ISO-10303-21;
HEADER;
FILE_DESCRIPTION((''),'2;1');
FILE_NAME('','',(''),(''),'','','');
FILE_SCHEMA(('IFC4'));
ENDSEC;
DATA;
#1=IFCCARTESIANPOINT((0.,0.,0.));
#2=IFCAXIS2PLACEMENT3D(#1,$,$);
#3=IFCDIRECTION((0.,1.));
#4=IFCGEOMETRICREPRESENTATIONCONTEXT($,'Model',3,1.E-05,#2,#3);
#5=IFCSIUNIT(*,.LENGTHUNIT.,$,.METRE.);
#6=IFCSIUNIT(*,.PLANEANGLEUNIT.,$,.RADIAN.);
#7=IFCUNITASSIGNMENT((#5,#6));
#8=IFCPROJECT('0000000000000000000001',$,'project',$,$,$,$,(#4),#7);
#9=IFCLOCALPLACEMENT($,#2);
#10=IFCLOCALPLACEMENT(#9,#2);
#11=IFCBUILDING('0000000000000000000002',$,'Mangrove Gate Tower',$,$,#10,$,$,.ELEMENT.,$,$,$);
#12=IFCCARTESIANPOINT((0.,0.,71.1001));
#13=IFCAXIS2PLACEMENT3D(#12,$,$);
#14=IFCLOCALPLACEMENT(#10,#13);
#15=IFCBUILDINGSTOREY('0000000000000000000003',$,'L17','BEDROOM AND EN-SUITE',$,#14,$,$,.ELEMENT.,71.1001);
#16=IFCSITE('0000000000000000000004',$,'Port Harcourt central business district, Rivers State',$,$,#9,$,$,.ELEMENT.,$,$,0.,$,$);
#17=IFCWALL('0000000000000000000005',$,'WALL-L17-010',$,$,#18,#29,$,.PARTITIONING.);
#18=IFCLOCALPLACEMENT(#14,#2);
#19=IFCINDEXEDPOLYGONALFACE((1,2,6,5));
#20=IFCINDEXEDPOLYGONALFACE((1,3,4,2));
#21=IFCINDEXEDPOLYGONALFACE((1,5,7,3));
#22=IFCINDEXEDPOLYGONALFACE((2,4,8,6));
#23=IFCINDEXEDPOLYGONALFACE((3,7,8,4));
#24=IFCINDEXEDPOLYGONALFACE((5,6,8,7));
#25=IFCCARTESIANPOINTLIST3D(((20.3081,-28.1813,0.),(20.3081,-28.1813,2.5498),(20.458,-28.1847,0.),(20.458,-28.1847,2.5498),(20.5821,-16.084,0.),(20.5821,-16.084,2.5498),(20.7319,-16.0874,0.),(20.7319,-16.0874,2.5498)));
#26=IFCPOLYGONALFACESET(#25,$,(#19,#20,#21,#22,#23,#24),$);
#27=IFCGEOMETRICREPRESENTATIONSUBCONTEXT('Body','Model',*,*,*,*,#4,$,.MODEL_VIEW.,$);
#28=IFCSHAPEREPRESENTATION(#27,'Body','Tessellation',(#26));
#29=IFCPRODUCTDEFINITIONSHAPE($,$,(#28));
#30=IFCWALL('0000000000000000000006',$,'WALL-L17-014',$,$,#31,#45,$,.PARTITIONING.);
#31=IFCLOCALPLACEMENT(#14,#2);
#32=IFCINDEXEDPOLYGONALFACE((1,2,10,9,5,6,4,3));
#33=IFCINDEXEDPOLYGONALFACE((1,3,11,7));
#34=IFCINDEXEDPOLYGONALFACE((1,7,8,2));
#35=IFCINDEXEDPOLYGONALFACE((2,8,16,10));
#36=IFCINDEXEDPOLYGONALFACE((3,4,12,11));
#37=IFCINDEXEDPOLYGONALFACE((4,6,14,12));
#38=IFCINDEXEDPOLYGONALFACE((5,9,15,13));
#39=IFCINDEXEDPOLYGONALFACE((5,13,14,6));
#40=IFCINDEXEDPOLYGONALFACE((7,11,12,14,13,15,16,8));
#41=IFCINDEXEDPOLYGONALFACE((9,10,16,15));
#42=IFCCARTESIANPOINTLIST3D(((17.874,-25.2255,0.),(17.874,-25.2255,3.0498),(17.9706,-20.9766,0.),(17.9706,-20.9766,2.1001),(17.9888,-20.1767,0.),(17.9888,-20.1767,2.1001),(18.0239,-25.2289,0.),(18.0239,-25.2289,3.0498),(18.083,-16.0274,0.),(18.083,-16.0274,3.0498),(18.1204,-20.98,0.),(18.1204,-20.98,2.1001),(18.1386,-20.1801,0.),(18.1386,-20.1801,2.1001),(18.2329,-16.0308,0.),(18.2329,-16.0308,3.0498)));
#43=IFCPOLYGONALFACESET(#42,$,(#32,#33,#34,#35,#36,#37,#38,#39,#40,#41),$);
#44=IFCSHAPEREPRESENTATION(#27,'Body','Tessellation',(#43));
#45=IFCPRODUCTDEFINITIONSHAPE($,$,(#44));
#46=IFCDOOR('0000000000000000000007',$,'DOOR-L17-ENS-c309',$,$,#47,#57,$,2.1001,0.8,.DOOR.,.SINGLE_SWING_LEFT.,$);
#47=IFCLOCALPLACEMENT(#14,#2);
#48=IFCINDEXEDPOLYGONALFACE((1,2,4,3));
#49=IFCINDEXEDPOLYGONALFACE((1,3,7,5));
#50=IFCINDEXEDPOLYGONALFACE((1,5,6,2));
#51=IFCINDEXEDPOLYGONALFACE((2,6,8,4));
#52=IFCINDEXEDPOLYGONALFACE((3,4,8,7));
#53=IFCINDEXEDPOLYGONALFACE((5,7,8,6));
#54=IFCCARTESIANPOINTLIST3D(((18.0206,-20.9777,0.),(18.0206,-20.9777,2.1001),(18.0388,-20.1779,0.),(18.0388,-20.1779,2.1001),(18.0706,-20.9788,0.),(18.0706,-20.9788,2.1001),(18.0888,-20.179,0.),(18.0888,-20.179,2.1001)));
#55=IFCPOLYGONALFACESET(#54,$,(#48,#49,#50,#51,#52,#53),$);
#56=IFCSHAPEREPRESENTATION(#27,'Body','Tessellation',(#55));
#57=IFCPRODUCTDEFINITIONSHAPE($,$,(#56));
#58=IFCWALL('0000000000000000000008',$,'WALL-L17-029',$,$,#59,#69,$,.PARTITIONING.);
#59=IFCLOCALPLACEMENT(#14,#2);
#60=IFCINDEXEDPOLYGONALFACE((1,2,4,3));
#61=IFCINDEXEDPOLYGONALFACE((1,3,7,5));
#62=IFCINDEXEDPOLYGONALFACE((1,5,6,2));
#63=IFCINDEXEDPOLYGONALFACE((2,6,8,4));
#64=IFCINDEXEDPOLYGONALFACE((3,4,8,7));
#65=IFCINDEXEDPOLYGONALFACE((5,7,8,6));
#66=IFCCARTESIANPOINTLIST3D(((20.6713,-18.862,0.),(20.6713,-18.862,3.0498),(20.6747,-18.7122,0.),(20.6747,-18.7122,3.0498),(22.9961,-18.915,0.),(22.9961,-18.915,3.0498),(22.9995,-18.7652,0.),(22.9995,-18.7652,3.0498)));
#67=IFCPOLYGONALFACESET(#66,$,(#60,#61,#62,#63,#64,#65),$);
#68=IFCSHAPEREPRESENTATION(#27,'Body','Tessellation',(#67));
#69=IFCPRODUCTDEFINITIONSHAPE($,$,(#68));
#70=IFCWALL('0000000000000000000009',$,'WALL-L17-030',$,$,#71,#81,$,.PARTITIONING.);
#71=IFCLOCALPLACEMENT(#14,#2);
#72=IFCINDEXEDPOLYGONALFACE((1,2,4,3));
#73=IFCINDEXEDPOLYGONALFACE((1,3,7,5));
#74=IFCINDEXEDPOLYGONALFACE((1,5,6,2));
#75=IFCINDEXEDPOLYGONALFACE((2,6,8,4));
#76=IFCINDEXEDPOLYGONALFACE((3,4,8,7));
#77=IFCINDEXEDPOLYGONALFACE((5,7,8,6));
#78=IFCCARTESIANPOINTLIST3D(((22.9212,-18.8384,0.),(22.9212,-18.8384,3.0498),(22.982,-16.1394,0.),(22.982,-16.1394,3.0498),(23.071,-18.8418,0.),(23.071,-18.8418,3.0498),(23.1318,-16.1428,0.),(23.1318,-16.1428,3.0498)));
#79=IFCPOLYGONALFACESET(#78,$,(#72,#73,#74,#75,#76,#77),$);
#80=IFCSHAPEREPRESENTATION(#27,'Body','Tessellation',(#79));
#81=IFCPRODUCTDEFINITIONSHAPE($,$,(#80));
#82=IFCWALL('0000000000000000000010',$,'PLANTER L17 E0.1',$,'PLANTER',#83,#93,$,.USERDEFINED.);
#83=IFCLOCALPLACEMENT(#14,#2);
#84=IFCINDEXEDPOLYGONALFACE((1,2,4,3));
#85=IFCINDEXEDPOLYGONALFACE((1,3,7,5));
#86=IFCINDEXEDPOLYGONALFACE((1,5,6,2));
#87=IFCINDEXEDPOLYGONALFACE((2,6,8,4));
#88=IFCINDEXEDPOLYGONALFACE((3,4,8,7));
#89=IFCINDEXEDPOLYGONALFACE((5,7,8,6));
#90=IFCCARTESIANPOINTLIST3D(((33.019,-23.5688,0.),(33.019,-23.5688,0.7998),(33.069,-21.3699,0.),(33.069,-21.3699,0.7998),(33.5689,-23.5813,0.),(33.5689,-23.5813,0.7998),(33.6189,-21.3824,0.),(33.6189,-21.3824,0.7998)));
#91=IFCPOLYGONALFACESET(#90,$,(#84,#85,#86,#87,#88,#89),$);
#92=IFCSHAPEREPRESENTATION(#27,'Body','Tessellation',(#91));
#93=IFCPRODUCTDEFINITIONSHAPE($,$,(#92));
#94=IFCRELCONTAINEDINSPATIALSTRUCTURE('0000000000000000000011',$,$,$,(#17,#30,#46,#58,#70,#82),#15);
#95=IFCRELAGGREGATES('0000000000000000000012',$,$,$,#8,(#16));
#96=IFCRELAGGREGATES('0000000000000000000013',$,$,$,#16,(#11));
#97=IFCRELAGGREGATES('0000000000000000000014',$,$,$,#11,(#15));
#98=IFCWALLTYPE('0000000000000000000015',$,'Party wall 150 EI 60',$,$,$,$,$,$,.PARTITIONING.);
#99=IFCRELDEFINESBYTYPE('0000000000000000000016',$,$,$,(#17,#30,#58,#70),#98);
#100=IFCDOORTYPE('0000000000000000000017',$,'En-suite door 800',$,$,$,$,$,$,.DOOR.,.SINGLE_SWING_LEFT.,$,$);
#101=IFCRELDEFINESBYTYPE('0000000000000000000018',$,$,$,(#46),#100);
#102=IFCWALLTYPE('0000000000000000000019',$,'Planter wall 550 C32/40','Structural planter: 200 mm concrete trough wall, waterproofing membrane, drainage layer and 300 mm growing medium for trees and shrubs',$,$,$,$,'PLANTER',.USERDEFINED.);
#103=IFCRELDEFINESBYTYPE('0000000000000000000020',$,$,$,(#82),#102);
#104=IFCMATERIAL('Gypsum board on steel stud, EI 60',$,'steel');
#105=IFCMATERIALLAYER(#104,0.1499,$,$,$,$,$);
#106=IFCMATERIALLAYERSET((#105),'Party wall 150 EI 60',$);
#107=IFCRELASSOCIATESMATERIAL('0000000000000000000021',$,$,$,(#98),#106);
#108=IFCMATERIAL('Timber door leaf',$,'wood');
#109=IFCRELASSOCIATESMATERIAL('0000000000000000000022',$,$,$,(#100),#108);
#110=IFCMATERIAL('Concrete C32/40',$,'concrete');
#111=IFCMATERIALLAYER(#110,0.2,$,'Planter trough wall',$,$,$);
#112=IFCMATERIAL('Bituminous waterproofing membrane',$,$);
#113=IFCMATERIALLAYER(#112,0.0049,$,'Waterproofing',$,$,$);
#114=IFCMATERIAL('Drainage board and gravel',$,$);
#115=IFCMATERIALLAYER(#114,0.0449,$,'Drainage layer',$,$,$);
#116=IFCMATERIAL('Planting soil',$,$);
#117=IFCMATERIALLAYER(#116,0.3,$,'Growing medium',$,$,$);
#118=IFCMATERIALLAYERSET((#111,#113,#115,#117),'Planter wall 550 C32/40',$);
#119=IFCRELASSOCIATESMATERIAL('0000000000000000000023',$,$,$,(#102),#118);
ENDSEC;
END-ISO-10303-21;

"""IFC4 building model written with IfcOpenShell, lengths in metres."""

from ifc_helpers import new_model, si_unit, direction, frame, frame_2d, origin, place, context, subcontext, project, spatial, rectangle, extrude, material, layer, layer_set, type_object, element, fill, save


model = new_model("IFC4")

# Units and contexts
model_context = context("Model", 3, precision=1e-05, world=origin(), true_north=direction((0.0, 1.0)))
body_context = subcontext(model_context, "Body", "Model", "MODEL_VIEW")
ifc_project = project(units=[si_unit("LENGTHUNIT", "METRE"), si_unit("PLANEANGLEUNIT", "RADIAN")], contexts=[model_context])

# Site, building, storey
site_placement = place(None, origin())
site = spatial("IfcSite", under=ifc_project, at=site_placement, Name="Port Harcourt central business district, Rivers State", CompositionType="ELEMENT", RefElevation=0.0)
building_placement = place(site_placement, origin())
building = spatial("IfcBuilding", under=site, at=building_placement, Name="Mangrove Gate Tower", CompositionType="ELEMENT")
storey_placement = place(building_placement, frame((0.0, 0.0, 71.1001)))
storey = spatial("IfcBuildingStorey", under=building, at=storey_placement, Name="L17", Description="BEDROOM AND EN-SUITE", CompositionType="ELEMENT", Elevation=71.1001)

# Wall
ifc_material_1 = material(Name="Gypsum board on steel stud, EI 60", Category="steel")
ifc_layer_1 = layer(ifc_material_1, 0.1499)
ifc_layer_set_1 = layer_set([ifc_layer_1], Name="Party wall 150 EI 60")
wall_type_1 = type_object("IfcWallType", Name="Party wall 150 EI 60", PredefinedType="PARTITIONING", material=ifc_layer_set_1)
wall_1_placement = place(storey_placement, frame((20.3831, -28.1831, 0.0), z_axis=(0.0, 0.0, 1.0), x_axis=(0.022638, 0.999744, 0.0)))
element("IfcWall", 1, at=wall_1_placement, inside=storey, type_object=wall_type_1, Name="WALL-L17-010", PredefinedType="PARTITIONING", context=body_context, shape_type="SweptSolid", body=[
    extrude(rectangle(XDim=12.1003, YDim=0.1499, at=frame_2d((6.0503, 0.0))), origin(), (0.0, 0.0, 1.0), 2.5498),
])

# Wall, opening, door
wall_2_placement = place(storey_placement, frame((17.949, -25.2271, 0.0), z_axis=(0.0, 0.0, 1.0), x_axis=(0.022715, 0.999742, 0.0)))
wall_2 = element("IfcWall", 2, at=wall_2_placement, inside=storey, type_object=wall_type_1, Name="WALL-L17-014", PredefinedType="PARTITIONING", context=body_context, shape_type="SweptSolid", body=[
    extrude(rectangle(XDim=9.2004, YDim=0.1499, at=frame_2d((4.6001, 0.0))), origin(), (0.0, 0.0, 1.0), 3.0498),
])
opening_1_placement = place(wall_2_placement, frame((4.25, 0.0, 0.0)))
opening_1 = element("IfcOpeningElement", 3, at=opening_1_placement, cuts=wall_2, PredefinedType="OPENING", context=body_context, shape_type="SweptSolid", body=[
    extrude(rectangle(XDim=0.8, YDim=2.1001, at=frame_2d((0.3999, 1.05))), frame((0.0, 0.085, 0.0), z_axis=(0.0, -1.0, 0.0), x_axis=(1.0, 0.0, 0.0)), (0.0, 0.0, 1.0), 0.1699),
])
ifc_material_2 = material(Name="Timber door leaf", Category="wood")
door_type_1 = type_object("IfcDoorType", Name="En-suite door 800", OperationType="SINGLE_SWING_LEFT", PredefinedType="DOOR", material=ifc_material_2)
door_1_placement = place(opening_1_placement, origin())
door_1 = element("IfcDoor", 4, at=door_1_placement, inside=storey, type_object=door_type_1, Name="DOOR-L17-ENS-c309", OperationType="SINGLE_SWING_LEFT", OverallHeight=2.1001, OverallWidth=0.8, PredefinedType="DOOR", context=body_context, shape_type="SweptSolid", body=[
    extrude(rectangle(XDim=0.8, YDim=2.1001, at=frame_2d((0.3999, 1.05))), frame((0.0, 0.0249, 0.0), z_axis=(0.0, -1.0, 0.0), x_axis=(1.0, 0.0, 0.0)), (0.0, 0.0, 1.0), 0.05),
])
fill(opening_1, door_1)

# Walls
wall_3_placement = place(storey_placement, frame((20.6731, -18.7871, 0.0), z_axis=(0.0, 0.0, 1.0), x_axis=(0.99974, -0.022781, 0.0)))
element("IfcWall", 5, at=wall_3_placement, inside=storey, type_object=wall_type_1, Name="WALL-L17-029", PredefinedType="PARTITIONING", context=body_context, shape_type="SweptSolid", body=[
    extrude(rectangle(XDim=2.3254, YDim=0.1499, at=frame_2d((1.1626, 0.0))), origin(), (0.0, 0.0, 1.0), 3.0498),
])
wall_4_placement = place(storey_placement, frame((22.9961, -18.8401, 0.0), z_axis=(0.0, 0.0, 1.0), x_axis=(0.022518, 0.999746, 0.0)))
element("IfcWall", 6, at=wall_4_placement, inside=storey, type_object=wall_type_1, Name="WALL-L17-030", PredefinedType="PARTITIONING", context=body_context, shape_type="SweptSolid", body=[
    extrude(rectangle(XDim=2.6997, YDim=0.1499, at=frame_2d((1.3499, 0.0))), origin(), (0.0, 0.0, 1.0), 3.0498),
])
ifc_material_3 = material(Name="Concrete C32/40", Category="concrete")
ifc_layer_2 = layer(ifc_material_3, 0.2, Name="Planter trough wall")
ifc_material_4 = material(Name="Bituminous waterproofing membrane")
ifc_layer_3 = layer(ifc_material_4, 0.0049, Name="Waterproofing")
ifc_material_5 = material(Name="Drainage board and gravel")
ifc_layer_4 = layer(ifc_material_5, 0.0449, Name="Drainage layer")
ifc_material_6 = material(Name="Planting soil")
ifc_layer_5 = layer(ifc_material_6, 0.3, Name="Growing medium")
ifc_layer_set_2 = layer_set([ifc_layer_2, ifc_layer_3, ifc_layer_4, ifc_layer_5], Name="Planter wall 550 C32/40")
wall_type_2 = type_object("IfcWallType", Name="Planter wall 550 C32/40", Description="Structural planter: 200 mm concrete trough wall, waterproofing membrane, drainage layer and 300 mm growing medium for trees and shrubs", ElementType="PLANTER", PredefinedType="USERDEFINED", material=ifc_layer_set_2)
wall_5_placement = place(storey_placement, frame((33.2939, -23.575, 0.0), z_axis=(0.0, 0.0, 1.0), x_axis=(0.022754, 0.999741, 0.0)))
element("IfcWall", 7, at=wall_5_placement, inside=storey, type_object=wall_type_2, Name="PLANTER L17 E0.1", ObjectType="PLANTER", PredefinedType="USERDEFINED", context=body_context, shape_type="SweptSolid", body=[
    extrude(rectangle(XDim=2.1995, YDim=0.55, at=frame_2d((1.0996, 0.0))), origin(), (0.0, 0.0, 1.0), 0.7998),
])

save(model, "model.ifc")
